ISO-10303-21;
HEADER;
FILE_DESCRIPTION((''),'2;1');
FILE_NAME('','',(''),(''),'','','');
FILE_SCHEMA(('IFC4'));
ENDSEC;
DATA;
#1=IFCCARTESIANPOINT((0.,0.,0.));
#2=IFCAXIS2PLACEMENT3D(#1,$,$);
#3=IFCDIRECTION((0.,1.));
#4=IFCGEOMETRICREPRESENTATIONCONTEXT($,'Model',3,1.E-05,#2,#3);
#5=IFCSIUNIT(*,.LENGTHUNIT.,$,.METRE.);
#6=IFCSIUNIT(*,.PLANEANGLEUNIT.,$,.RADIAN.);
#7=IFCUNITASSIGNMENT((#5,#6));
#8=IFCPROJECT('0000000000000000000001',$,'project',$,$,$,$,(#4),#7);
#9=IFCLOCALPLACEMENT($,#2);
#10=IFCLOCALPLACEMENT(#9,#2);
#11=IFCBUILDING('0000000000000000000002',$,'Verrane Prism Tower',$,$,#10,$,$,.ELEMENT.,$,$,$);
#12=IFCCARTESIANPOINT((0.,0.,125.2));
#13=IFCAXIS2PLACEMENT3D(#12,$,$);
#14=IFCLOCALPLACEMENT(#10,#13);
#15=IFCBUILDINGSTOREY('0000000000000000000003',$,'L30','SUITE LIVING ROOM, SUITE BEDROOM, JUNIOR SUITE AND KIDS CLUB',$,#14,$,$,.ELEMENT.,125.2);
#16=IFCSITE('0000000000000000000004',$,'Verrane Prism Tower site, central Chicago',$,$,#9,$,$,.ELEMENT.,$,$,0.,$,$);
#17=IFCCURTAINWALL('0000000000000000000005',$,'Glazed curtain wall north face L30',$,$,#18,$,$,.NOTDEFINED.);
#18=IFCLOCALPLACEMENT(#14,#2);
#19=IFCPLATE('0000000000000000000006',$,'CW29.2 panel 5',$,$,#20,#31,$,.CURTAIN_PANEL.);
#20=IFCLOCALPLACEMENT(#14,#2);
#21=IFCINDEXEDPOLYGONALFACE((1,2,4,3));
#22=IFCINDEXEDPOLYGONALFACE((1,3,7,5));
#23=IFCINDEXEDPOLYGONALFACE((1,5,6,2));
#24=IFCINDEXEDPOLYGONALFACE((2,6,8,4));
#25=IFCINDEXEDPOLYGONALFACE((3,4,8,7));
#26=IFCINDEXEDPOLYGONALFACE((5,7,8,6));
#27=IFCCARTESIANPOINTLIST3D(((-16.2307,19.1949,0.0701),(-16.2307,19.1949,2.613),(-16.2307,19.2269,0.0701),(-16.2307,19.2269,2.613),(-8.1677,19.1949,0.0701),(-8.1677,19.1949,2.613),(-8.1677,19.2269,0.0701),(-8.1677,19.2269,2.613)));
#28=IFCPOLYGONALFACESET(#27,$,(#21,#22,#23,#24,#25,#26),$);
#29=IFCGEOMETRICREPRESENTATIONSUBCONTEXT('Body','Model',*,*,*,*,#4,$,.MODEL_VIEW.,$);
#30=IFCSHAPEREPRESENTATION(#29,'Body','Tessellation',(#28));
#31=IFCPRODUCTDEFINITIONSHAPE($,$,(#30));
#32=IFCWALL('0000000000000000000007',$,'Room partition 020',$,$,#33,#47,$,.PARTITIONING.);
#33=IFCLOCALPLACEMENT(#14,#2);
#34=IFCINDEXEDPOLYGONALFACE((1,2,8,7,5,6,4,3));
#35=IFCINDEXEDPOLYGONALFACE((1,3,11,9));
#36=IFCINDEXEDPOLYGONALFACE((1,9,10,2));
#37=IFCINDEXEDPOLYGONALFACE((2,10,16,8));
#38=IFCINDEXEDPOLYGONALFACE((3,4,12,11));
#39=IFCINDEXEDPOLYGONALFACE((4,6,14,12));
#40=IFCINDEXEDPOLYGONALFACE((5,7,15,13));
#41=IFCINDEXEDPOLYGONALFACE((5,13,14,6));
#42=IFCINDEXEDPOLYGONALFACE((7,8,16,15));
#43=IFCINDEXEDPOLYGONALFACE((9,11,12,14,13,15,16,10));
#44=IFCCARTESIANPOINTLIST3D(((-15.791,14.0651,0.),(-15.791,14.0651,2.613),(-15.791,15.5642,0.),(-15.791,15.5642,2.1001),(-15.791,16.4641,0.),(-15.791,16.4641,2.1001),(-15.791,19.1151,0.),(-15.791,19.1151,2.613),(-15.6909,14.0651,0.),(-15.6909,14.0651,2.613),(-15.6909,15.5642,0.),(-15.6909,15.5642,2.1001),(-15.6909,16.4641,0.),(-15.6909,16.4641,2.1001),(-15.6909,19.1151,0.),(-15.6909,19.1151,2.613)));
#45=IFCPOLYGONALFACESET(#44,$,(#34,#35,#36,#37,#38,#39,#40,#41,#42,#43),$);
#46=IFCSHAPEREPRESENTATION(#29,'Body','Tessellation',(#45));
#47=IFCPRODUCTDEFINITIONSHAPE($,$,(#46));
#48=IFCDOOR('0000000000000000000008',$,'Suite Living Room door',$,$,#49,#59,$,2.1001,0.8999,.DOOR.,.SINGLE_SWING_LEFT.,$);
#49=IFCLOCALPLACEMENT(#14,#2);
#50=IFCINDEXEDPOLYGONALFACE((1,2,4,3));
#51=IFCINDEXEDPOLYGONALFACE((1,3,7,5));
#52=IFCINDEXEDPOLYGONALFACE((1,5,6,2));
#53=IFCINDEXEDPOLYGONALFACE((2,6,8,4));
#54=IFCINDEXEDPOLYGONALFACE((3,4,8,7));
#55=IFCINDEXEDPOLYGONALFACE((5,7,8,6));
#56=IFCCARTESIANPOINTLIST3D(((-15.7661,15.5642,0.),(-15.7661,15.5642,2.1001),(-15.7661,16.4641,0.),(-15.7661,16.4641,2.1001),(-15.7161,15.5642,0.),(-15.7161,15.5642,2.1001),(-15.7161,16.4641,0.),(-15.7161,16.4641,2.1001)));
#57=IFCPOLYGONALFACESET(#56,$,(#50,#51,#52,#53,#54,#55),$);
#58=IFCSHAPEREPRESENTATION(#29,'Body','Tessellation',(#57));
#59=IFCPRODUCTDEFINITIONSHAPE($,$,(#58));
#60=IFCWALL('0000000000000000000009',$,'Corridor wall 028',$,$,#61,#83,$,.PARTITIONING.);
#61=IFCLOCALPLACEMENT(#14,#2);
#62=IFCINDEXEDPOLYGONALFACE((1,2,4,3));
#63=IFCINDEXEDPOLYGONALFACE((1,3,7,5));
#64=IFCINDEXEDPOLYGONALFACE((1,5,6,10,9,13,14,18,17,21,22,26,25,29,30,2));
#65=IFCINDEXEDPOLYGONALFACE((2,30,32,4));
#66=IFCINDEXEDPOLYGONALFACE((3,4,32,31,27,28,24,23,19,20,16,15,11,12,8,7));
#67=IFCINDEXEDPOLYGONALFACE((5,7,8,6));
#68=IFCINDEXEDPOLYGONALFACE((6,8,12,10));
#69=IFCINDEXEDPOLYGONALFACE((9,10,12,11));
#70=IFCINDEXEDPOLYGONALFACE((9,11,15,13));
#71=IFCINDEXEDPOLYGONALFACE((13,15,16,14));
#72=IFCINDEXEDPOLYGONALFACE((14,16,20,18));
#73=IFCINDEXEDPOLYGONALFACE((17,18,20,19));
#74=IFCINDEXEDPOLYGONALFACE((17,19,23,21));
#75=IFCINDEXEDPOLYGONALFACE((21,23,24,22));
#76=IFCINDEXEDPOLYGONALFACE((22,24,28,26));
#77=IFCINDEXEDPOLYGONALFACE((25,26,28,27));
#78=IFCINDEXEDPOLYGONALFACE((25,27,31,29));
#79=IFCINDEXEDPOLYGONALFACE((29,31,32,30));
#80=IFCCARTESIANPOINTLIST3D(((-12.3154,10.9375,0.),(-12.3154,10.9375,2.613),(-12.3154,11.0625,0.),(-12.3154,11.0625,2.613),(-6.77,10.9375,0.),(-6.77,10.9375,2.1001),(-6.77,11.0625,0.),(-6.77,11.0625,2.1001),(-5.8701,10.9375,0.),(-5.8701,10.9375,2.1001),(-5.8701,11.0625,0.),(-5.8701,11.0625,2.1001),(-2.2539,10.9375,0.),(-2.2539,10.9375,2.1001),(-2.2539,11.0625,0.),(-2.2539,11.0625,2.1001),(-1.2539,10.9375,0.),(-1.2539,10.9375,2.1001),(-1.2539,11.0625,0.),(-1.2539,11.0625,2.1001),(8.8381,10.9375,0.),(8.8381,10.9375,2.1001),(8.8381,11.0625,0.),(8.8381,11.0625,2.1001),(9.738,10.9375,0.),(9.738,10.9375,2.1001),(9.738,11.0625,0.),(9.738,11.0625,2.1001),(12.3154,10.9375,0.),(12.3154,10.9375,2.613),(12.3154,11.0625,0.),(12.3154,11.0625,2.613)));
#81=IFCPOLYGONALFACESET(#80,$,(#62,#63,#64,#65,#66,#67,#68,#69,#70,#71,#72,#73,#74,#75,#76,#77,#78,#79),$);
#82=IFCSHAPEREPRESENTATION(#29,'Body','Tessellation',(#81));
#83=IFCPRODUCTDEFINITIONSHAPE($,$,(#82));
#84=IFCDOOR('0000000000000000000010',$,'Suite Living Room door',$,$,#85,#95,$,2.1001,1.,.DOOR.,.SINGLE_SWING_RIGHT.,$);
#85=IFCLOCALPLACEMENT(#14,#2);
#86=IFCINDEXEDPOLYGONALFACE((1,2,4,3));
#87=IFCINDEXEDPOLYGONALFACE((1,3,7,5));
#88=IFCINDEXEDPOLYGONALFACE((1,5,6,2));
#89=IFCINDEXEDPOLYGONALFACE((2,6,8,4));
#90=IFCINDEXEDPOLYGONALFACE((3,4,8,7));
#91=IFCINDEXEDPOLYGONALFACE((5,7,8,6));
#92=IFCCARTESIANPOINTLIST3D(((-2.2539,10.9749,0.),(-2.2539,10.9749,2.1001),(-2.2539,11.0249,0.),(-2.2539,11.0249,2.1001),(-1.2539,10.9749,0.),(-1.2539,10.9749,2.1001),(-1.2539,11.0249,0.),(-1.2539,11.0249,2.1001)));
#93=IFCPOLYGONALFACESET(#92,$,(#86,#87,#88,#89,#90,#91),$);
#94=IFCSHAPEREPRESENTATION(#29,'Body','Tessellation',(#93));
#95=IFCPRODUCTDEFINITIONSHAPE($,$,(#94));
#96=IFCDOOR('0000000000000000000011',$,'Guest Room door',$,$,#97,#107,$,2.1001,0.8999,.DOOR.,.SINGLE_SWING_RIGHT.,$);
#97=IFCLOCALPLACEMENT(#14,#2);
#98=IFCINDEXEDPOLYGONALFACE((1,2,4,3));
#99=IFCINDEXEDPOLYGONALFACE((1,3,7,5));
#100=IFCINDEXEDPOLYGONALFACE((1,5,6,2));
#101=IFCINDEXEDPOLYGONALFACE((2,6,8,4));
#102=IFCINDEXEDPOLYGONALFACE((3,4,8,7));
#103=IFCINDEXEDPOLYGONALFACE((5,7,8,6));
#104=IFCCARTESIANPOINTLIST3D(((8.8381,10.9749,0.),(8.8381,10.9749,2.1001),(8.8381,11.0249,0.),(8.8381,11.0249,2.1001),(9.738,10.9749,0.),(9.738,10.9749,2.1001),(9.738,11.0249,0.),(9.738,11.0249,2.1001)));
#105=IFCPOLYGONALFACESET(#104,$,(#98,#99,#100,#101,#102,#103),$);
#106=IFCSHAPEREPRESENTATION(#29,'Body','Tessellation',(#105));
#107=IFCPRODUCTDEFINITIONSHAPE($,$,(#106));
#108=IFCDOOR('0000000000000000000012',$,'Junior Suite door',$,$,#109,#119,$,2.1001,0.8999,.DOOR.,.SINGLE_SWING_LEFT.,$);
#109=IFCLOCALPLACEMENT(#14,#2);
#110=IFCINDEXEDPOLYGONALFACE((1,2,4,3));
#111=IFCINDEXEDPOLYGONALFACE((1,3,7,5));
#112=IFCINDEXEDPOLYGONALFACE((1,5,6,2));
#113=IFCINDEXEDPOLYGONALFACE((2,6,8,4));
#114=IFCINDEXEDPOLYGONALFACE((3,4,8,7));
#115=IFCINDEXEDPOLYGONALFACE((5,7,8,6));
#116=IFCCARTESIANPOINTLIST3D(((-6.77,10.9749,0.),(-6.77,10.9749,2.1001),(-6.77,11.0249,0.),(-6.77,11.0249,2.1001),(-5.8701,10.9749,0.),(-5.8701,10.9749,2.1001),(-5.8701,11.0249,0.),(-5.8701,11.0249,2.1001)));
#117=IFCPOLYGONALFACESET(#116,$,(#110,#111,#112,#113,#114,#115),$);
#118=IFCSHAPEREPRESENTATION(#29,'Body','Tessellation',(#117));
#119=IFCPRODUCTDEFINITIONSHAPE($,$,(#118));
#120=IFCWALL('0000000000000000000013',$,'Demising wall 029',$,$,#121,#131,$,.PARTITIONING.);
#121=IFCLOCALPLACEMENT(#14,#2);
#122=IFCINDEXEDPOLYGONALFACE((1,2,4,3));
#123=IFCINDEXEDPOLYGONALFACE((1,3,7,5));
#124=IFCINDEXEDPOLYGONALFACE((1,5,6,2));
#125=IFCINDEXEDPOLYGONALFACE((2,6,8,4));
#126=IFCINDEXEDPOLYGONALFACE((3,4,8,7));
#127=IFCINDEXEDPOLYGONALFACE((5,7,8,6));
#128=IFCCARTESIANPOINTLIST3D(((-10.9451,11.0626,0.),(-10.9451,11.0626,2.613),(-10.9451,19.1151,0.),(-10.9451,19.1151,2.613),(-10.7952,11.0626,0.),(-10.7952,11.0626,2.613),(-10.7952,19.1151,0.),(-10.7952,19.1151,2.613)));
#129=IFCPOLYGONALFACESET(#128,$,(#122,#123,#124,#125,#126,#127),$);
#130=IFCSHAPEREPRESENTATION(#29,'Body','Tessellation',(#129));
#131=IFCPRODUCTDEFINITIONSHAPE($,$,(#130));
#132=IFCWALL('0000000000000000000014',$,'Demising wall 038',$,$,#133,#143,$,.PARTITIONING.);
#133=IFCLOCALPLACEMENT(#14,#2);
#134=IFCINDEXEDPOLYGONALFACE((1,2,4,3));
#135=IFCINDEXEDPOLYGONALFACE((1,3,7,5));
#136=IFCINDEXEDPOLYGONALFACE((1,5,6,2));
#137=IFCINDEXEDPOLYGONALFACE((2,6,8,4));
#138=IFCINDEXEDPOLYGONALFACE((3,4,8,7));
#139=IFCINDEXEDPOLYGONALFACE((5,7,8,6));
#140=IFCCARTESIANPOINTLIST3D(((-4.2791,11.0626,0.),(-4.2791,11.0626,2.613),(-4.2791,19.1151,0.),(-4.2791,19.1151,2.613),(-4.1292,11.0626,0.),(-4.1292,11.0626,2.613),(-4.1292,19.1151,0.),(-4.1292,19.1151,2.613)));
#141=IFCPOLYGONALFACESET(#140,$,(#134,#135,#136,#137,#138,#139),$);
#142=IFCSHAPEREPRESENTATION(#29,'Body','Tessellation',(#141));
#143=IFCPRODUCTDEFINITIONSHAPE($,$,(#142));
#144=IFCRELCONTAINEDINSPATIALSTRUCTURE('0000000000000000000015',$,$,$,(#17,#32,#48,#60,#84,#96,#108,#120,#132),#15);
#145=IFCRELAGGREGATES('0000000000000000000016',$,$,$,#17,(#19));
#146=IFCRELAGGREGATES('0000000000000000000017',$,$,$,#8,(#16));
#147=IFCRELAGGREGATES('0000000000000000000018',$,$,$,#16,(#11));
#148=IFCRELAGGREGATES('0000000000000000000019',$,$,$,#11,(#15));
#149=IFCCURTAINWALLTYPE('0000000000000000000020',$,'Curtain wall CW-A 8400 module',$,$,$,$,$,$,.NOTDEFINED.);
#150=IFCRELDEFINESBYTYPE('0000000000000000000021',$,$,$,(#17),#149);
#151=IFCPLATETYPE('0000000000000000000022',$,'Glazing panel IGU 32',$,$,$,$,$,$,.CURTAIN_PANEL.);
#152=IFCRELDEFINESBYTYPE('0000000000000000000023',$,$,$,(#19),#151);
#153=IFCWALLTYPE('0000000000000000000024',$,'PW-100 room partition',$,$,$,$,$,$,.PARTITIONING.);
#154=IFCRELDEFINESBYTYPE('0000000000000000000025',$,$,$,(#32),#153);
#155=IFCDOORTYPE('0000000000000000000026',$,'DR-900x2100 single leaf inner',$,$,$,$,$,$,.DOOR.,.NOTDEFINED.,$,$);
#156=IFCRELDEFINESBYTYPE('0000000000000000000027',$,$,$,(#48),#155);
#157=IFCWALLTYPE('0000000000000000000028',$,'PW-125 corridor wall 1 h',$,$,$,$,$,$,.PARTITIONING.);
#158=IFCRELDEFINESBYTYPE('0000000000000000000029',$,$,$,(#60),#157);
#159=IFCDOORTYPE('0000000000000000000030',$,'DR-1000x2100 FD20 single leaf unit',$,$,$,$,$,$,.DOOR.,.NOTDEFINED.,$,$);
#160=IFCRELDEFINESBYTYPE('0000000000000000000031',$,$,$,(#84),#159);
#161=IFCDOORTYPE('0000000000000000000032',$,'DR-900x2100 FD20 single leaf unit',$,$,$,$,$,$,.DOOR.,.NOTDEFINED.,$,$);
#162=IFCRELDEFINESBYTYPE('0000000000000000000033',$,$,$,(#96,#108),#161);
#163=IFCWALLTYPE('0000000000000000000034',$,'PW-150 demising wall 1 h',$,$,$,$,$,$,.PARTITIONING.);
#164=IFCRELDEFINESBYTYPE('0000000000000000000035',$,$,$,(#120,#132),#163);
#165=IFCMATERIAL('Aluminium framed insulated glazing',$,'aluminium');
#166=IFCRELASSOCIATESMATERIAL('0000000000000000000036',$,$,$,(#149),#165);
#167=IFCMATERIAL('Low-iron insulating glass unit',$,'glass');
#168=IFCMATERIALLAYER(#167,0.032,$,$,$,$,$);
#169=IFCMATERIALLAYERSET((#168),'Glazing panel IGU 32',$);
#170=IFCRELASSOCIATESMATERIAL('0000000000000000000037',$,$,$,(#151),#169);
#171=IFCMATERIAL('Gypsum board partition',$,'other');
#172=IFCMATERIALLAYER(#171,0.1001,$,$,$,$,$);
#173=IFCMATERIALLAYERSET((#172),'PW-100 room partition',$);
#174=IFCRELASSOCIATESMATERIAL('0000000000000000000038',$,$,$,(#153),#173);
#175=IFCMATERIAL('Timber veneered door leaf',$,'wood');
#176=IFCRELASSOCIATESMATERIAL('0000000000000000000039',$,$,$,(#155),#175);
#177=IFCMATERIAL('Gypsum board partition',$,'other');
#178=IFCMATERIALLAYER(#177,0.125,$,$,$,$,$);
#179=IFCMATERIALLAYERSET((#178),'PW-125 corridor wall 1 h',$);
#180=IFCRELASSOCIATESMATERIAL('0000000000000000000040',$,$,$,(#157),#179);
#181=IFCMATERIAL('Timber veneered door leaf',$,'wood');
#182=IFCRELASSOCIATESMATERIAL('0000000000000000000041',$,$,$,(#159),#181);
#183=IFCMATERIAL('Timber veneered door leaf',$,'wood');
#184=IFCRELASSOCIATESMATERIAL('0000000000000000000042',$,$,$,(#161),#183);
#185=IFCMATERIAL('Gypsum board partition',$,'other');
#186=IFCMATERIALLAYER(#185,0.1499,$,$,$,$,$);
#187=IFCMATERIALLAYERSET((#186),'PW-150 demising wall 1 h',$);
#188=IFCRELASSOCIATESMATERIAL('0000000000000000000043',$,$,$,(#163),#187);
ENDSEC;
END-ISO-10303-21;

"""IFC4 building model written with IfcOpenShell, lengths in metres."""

from ifc_helpers import new_model, si_unit, direction, frame, frame_2d, origin, origin_2d, place, context, subcontext, project, spatial, rectangle, extrude, material, layer, layer_set, type_object, element, fill, aggregate, save


model = new_model("IFC4")

# Units and contexts
model_context = context("Model", 3, precision=1e-05, world=origin(), true_north=direction((0.0, 1.0)))
body_context = subcontext(model_context, "Body", "Model", "MODEL_VIEW")
ifc_project = project(units=[si_unit("LENGTHUNIT", "METRE"), si_unit("PLANEANGLEUNIT", "RADIAN")], contexts=[model_context])

# Site, building, storey
site_placement = place(None, origin())
site = spatial("IfcSite", under=ifc_project, at=site_placement, Name="Verrane Prism Tower site, central Chicago", CompositionType="ELEMENT", RefElevation=0.0)
building_placement = place(site_placement, origin())
building = spatial("IfcBuilding", under=site, at=building_placement, Name="Verrane Prism Tower", CompositionType="ELEMENT")
storey_placement = place(building_placement, frame((0.0, 0.0, 125.2)))
storey = spatial("IfcBuildingStorey", under=building, at=storey_placement, Name="L30", Description="SUITE LIVING ROOM, SUITE BEDROOM, JUNIOR SUITE AND KIDS CLUB", CompositionType="ELEMENT", Elevation=125.2)

# Curtain wall
ifc_material_1 = material(Name="Aluminium framed insulated glazing", Category="aluminium")
curtain_wall_type = type_object("IfcCurtainWallType", Name="Curtain wall CW-A 8400 module", PredefinedType="NOTDEFINED", material=ifc_material_1)
curtain_wall_placement = place(storey_placement, origin())
curtain_wall = element("IfcCurtainWall", 1, at=curtain_wall_placement, inside=storey, type_object=curtain_wall_type, Name="Glazed curtain wall north face L30", PredefinedType="NOTDEFINED")

# Plate
ifc_material_2 = material(Name="Low-iron insulating glass unit", Category="glass")
ifc_layer_1 = layer(ifc_material_2, 0.032)
ifc_layer_set_1 = layer_set([ifc_layer_1], Name="Glazing panel IGU 32")
plate_type = type_object("IfcPlateType", Name="Glazing panel IGU 32", PredefinedType="CURTAIN_PANEL", material=ifc_layer_set_1)
plate_1_placement = place(storey_placement, frame((-12.1992, 19.2109, 0.0701), z_axis=(0.0, 0.0, 1.0), x_axis=(-1.0, 0.0, 0.0)))
plate_1 = element("IfcPlate", 2, at=plate_1_placement, type_object=plate_type, Name="CW29.2 panel 5", PredefinedType="CURTAIN_PANEL", context=body_context, shape_type="SweptSolid", body=[
    extrude(rectangle(XDim=8.063, YDim=0.032, at=origin_2d()), origin(), (0.0, 0.0, 1.0), 2.543),
])
aggregate(curtain_wall, [plate_1])

# Wall, opening, door
ifc_material_3 = material(Name="Gypsum board partition", Category="other")
ifc_layer_2 = layer(ifc_material_3, 0.1001)
ifc_layer_set_2 = layer_set([ifc_layer_2], Name="PW-100 room partition")
wall_type_1 = type_object("IfcWallType", Name="PW-100 room partition", PredefinedType="PARTITIONING", material=ifc_layer_set_2)
wall_1_placement = place(storey_placement, frame((-15.741, 19.115, 0.0), z_axis=(0.0, 0.0, 1.0), x_axis=(0.0, -1.0, 0.0)))
wall_1 = element("IfcWall", 3, at=wall_1_placement, inside=storey, type_object=wall_type_1, Name="Room partition 020", PredefinedType="PARTITIONING", context=body_context, shape_type="SweptSolid", body=[
    extrude(rectangle(XDim=5.05, YDim=0.1001, at=frame_2d((2.5249, 0.0))), origin(), (0.0, 0.0, 1.0), 2.613),
])
opening_1_placement = place(wall_1_placement, frame((2.6509, 0.0, 0.0)))
opening_1 = element("IfcOpeningElement", 4, at=opening_1_placement, cuts=wall_1, PredefinedType="OPENING", context=body_context, shape_type="SweptSolid", body=[
    extrude(rectangle(XDim=0.8999, YDim=2.1001, at=frame_2d((0.45, 1.05))), frame((0.0, 0.0601, 0.0), z_axis=(0.0, -1.0, 0.0), x_axis=(1.0, 0.0, 0.0)), (0.0, 0.0, 1.0), 0.1201),
])
ifc_material_4 = material(Name="Timber veneered door leaf", Category="wood")
door_type_1 = type_object("IfcDoorType", Name="DR-900x2100 single leaf inner", OperationType="NOTDEFINED", PredefinedType="DOOR", material=ifc_material_4)
door_1_placement = place(opening_1_placement, origin())
door_1 = element("IfcDoor", 5, at=door_1_placement, inside=storey, type_object=door_type_1, Name="Suite Living Room door", OperationType="SINGLE_SWING_LEFT", OverallHeight=2.1001, OverallWidth=0.8999, PredefinedType="DOOR", context=body_context, shape_type="SweptSolid", body=[
    extrude(rectangle(XDim=0.8999, YDim=2.1001, at=frame_2d((0.45, 1.05))), frame((0.0, 0.0249, 0.0), z_axis=(0.0, -1.0, 0.0), x_axis=(1.0, 0.0, 0.0)), (0.0, 0.0, 1.0), 0.05),
])
fill(opening_1, door_1)

# Wall, openings, doors
ifc_material_5 = material(Name="Gypsum board partition", Category="other")
ifc_layer_3 = layer(ifc_material_5, 0.125)
ifc_layer_set_3 = layer_set([ifc_layer_3], Name="PW-125 corridor wall 1 h")
wall_type_2 = type_object("IfcWallType", Name="PW-125 corridor wall 1 h", PredefinedType="PARTITIONING", material=ifc_layer_set_3)
wall_2_placement = place(storey_placement, frame((-12.3154, 11.0, 0.0), z_axis=(0.0, 0.0, 1.0), x_axis=(1.0, 0.0, 0.0)))
wall_2 = element("IfcWall", 6, at=wall_2_placement, inside=storey, type_object=wall_type_2, Name="Corridor wall 028", PredefinedType="PARTITIONING", context=body_context, shape_type="SweptSolid", body=[
    extrude(rectangle(XDim=24.6309, YDim=0.125, at=frame_2d((12.3154, 0.0))), origin(), (0.0, 0.0, 1.0), 2.613),
])
opening_2_placement = place(wall_2_placement, frame((21.1536, 0.0, 0.0)))
opening_2 = element("IfcOpeningElement", 7, at=opening_2_placement, cuts=wall_2, PredefinedType="OPENING", context=body_context, shape_type="SweptSolid", body=[
    extrude(rectangle(XDim=0.8999, YDim=2.1001, at=frame_2d((0.45, 1.05))), frame((0.0, 0.0725, 0.0), z_axis=(0.0, -1.0, 0.0), x_axis=(1.0, 0.0, 0.0)), (0.0, 0.0, 1.0), 0.145),
])
opening_3_placement = place(wall_2_placement, frame((10.0615, 0.0, 0.0)))
opening_3 = element("IfcOpeningElement", 8, at=opening_3_placement, cuts=wall_2, PredefinedType="OPENING", context=body_context, shape_type="SweptSolid", body=[
    extrude(rectangle(XDim=1.0, YDim=2.1001, at=frame_2d((0.5, 1.05))), frame((0.0, 0.0725, 0.0), z_axis=(0.0, -1.0, 0.0), x_axis=(1.0, 0.0, 0.0)), (0.0, 0.0, 1.0), 0.145),
])
opening_4_placement = place(wall_2_placement, frame((5.5454, 0.0, 0.0)))
opening_4 = element("IfcOpeningElement", 9, at=opening_4_placement, cuts=wall_2, PredefinedType="OPENING", context=body_context, shape_type="SweptSolid", body=[
    extrude(rectangle(XDim=0.8999, YDim=2.1001, at=frame_2d((0.45, 1.05))), frame((0.0, 0.0725, 0.0), z_axis=(0.0, -1.0, 0.0), x_axis=(1.0, 0.0, 0.0)), (0.0, 0.0, 1.0), 0.145),
])
ifc_material_6 = material(Name="Timber veneered door leaf", Category="wood")
door_type_2 = type_object("IfcDoorType", Name="DR-1000x2100 FD20 single leaf unit", OperationType="NOTDEFINED", PredefinedType="DOOR", material=ifc_material_6)
door_2_placement = place(opening_3_placement, origin())
door_2 = element("IfcDoor", 10, at=door_2_placement, inside=storey, type_object=door_type_2, Name="Suite Living Room door", OperationType="SINGLE_SWING_RIGHT", OverallHeight=2.1001, OverallWidth=1.0, PredefinedType="DOOR", context=body_context, shape_type="SweptSolid", body=[
    extrude(rectangle(XDim=1.0, YDim=2.1001, at=frame_2d((0.5, 1.05))), frame((0.0, 0.0249, 0.0), z_axis=(0.0, -1.0, 0.0), x_axis=(1.0, 0.0, 0.0)), (0.0, 0.0, 1.0), 0.05),
])
fill(opening_3, door_2)
ifc_material_7 = material(Name="Timber veneered door leaf", Category="wood")
door_type_3 = type_object("IfcDoorType", Name="DR-900x2100 FD20 single leaf unit", OperationType="NOTDEFINED", PredefinedType="DOOR", material=ifc_material_7)
door_3_placement = place(opening_2_placement, origin())
door_3 = element("IfcDoor", 11, at=door_3_placement, inside=storey, type_object=door_type_3, Name="Guest Room door", OperationType="SINGLE_SWING_RIGHT", OverallHeight=2.1001, OverallWidth=0.8999, PredefinedType="DOOR", context=body_context, shape_type="SweptSolid", body=[
    extrude(rectangle(XDim=0.8999, YDim=2.1001, at=frame_2d((0.45, 1.05))), frame((0.0, 0.0249, 0.0), z_axis=(0.0, -1.0, 0.0), x_axis=(1.0, 0.0, 0.0)), (0.0, 0.0, 1.0), 0.05),
])
fill(opening_2, door_3)
door_4_placement = place(opening_4_placement, origin())
door_4 = element("IfcDoor", 12, at=door_4_placement, inside=storey, type_object=door_type_3, Name="Junior Suite door", OperationType="SINGLE_SWING_LEFT", OverallHeight=2.1001, OverallWidth=0.8999, PredefinedType="DOOR", context=body_context, shape_type="SweptSolid", body=[
    extrude(rectangle(XDim=0.8999, YDim=2.1001, at=frame_2d((0.45, 1.05))), frame((0.0, 0.0249, 0.0), z_axis=(0.0, -1.0, 0.0), x_axis=(1.0, 0.0, 0.0)), (0.0, 0.0, 1.0), 0.05),
])
fill(opening_4, door_4)

# Walls
ifc_material_8 = material(Name="Gypsum board partition", Category="other")
ifc_layer_4 = layer(ifc_material_8, 0.1499)
ifc_layer_set_4 = layer_set([ifc_layer_4], Name="PW-150 demising wall 1 h")
wall_type_3 = type_object("IfcWallType", Name="PW-150 demising wall 1 h", PredefinedType="PARTITIONING", material=ifc_layer_set_4)
for number, where, z_axis, x_axis, name in (
    (13, (-10.8701, 11.0625, 0.0), (0.0, 0.0, 1.0), (0.0, 1.0, 0.0), "Demising wall 029"),
    (14, (-4.2041, 11.0625, 0.0), (0.0, 0.0, 1.0), (0.0, 1.0, 0.0), "Demising wall 038"),
):
    element("IfcWall", number, at=place(storey_placement, frame(where, z_axis=z_axis, x_axis=x_axis)), inside=storey, type_object=wall_type_3, Name=name, PredefinedType="PARTITIONING", context=body_context, shape_type="SweptSolid", body=[
        extrude(rectangle(XDim=8.0525, YDim=0.1499, at=frame_2d((4.0264, 0.0))), origin(), (0.0, 0.0, 1.0), 2.613),
    ])

save(model, "model.ifc")
